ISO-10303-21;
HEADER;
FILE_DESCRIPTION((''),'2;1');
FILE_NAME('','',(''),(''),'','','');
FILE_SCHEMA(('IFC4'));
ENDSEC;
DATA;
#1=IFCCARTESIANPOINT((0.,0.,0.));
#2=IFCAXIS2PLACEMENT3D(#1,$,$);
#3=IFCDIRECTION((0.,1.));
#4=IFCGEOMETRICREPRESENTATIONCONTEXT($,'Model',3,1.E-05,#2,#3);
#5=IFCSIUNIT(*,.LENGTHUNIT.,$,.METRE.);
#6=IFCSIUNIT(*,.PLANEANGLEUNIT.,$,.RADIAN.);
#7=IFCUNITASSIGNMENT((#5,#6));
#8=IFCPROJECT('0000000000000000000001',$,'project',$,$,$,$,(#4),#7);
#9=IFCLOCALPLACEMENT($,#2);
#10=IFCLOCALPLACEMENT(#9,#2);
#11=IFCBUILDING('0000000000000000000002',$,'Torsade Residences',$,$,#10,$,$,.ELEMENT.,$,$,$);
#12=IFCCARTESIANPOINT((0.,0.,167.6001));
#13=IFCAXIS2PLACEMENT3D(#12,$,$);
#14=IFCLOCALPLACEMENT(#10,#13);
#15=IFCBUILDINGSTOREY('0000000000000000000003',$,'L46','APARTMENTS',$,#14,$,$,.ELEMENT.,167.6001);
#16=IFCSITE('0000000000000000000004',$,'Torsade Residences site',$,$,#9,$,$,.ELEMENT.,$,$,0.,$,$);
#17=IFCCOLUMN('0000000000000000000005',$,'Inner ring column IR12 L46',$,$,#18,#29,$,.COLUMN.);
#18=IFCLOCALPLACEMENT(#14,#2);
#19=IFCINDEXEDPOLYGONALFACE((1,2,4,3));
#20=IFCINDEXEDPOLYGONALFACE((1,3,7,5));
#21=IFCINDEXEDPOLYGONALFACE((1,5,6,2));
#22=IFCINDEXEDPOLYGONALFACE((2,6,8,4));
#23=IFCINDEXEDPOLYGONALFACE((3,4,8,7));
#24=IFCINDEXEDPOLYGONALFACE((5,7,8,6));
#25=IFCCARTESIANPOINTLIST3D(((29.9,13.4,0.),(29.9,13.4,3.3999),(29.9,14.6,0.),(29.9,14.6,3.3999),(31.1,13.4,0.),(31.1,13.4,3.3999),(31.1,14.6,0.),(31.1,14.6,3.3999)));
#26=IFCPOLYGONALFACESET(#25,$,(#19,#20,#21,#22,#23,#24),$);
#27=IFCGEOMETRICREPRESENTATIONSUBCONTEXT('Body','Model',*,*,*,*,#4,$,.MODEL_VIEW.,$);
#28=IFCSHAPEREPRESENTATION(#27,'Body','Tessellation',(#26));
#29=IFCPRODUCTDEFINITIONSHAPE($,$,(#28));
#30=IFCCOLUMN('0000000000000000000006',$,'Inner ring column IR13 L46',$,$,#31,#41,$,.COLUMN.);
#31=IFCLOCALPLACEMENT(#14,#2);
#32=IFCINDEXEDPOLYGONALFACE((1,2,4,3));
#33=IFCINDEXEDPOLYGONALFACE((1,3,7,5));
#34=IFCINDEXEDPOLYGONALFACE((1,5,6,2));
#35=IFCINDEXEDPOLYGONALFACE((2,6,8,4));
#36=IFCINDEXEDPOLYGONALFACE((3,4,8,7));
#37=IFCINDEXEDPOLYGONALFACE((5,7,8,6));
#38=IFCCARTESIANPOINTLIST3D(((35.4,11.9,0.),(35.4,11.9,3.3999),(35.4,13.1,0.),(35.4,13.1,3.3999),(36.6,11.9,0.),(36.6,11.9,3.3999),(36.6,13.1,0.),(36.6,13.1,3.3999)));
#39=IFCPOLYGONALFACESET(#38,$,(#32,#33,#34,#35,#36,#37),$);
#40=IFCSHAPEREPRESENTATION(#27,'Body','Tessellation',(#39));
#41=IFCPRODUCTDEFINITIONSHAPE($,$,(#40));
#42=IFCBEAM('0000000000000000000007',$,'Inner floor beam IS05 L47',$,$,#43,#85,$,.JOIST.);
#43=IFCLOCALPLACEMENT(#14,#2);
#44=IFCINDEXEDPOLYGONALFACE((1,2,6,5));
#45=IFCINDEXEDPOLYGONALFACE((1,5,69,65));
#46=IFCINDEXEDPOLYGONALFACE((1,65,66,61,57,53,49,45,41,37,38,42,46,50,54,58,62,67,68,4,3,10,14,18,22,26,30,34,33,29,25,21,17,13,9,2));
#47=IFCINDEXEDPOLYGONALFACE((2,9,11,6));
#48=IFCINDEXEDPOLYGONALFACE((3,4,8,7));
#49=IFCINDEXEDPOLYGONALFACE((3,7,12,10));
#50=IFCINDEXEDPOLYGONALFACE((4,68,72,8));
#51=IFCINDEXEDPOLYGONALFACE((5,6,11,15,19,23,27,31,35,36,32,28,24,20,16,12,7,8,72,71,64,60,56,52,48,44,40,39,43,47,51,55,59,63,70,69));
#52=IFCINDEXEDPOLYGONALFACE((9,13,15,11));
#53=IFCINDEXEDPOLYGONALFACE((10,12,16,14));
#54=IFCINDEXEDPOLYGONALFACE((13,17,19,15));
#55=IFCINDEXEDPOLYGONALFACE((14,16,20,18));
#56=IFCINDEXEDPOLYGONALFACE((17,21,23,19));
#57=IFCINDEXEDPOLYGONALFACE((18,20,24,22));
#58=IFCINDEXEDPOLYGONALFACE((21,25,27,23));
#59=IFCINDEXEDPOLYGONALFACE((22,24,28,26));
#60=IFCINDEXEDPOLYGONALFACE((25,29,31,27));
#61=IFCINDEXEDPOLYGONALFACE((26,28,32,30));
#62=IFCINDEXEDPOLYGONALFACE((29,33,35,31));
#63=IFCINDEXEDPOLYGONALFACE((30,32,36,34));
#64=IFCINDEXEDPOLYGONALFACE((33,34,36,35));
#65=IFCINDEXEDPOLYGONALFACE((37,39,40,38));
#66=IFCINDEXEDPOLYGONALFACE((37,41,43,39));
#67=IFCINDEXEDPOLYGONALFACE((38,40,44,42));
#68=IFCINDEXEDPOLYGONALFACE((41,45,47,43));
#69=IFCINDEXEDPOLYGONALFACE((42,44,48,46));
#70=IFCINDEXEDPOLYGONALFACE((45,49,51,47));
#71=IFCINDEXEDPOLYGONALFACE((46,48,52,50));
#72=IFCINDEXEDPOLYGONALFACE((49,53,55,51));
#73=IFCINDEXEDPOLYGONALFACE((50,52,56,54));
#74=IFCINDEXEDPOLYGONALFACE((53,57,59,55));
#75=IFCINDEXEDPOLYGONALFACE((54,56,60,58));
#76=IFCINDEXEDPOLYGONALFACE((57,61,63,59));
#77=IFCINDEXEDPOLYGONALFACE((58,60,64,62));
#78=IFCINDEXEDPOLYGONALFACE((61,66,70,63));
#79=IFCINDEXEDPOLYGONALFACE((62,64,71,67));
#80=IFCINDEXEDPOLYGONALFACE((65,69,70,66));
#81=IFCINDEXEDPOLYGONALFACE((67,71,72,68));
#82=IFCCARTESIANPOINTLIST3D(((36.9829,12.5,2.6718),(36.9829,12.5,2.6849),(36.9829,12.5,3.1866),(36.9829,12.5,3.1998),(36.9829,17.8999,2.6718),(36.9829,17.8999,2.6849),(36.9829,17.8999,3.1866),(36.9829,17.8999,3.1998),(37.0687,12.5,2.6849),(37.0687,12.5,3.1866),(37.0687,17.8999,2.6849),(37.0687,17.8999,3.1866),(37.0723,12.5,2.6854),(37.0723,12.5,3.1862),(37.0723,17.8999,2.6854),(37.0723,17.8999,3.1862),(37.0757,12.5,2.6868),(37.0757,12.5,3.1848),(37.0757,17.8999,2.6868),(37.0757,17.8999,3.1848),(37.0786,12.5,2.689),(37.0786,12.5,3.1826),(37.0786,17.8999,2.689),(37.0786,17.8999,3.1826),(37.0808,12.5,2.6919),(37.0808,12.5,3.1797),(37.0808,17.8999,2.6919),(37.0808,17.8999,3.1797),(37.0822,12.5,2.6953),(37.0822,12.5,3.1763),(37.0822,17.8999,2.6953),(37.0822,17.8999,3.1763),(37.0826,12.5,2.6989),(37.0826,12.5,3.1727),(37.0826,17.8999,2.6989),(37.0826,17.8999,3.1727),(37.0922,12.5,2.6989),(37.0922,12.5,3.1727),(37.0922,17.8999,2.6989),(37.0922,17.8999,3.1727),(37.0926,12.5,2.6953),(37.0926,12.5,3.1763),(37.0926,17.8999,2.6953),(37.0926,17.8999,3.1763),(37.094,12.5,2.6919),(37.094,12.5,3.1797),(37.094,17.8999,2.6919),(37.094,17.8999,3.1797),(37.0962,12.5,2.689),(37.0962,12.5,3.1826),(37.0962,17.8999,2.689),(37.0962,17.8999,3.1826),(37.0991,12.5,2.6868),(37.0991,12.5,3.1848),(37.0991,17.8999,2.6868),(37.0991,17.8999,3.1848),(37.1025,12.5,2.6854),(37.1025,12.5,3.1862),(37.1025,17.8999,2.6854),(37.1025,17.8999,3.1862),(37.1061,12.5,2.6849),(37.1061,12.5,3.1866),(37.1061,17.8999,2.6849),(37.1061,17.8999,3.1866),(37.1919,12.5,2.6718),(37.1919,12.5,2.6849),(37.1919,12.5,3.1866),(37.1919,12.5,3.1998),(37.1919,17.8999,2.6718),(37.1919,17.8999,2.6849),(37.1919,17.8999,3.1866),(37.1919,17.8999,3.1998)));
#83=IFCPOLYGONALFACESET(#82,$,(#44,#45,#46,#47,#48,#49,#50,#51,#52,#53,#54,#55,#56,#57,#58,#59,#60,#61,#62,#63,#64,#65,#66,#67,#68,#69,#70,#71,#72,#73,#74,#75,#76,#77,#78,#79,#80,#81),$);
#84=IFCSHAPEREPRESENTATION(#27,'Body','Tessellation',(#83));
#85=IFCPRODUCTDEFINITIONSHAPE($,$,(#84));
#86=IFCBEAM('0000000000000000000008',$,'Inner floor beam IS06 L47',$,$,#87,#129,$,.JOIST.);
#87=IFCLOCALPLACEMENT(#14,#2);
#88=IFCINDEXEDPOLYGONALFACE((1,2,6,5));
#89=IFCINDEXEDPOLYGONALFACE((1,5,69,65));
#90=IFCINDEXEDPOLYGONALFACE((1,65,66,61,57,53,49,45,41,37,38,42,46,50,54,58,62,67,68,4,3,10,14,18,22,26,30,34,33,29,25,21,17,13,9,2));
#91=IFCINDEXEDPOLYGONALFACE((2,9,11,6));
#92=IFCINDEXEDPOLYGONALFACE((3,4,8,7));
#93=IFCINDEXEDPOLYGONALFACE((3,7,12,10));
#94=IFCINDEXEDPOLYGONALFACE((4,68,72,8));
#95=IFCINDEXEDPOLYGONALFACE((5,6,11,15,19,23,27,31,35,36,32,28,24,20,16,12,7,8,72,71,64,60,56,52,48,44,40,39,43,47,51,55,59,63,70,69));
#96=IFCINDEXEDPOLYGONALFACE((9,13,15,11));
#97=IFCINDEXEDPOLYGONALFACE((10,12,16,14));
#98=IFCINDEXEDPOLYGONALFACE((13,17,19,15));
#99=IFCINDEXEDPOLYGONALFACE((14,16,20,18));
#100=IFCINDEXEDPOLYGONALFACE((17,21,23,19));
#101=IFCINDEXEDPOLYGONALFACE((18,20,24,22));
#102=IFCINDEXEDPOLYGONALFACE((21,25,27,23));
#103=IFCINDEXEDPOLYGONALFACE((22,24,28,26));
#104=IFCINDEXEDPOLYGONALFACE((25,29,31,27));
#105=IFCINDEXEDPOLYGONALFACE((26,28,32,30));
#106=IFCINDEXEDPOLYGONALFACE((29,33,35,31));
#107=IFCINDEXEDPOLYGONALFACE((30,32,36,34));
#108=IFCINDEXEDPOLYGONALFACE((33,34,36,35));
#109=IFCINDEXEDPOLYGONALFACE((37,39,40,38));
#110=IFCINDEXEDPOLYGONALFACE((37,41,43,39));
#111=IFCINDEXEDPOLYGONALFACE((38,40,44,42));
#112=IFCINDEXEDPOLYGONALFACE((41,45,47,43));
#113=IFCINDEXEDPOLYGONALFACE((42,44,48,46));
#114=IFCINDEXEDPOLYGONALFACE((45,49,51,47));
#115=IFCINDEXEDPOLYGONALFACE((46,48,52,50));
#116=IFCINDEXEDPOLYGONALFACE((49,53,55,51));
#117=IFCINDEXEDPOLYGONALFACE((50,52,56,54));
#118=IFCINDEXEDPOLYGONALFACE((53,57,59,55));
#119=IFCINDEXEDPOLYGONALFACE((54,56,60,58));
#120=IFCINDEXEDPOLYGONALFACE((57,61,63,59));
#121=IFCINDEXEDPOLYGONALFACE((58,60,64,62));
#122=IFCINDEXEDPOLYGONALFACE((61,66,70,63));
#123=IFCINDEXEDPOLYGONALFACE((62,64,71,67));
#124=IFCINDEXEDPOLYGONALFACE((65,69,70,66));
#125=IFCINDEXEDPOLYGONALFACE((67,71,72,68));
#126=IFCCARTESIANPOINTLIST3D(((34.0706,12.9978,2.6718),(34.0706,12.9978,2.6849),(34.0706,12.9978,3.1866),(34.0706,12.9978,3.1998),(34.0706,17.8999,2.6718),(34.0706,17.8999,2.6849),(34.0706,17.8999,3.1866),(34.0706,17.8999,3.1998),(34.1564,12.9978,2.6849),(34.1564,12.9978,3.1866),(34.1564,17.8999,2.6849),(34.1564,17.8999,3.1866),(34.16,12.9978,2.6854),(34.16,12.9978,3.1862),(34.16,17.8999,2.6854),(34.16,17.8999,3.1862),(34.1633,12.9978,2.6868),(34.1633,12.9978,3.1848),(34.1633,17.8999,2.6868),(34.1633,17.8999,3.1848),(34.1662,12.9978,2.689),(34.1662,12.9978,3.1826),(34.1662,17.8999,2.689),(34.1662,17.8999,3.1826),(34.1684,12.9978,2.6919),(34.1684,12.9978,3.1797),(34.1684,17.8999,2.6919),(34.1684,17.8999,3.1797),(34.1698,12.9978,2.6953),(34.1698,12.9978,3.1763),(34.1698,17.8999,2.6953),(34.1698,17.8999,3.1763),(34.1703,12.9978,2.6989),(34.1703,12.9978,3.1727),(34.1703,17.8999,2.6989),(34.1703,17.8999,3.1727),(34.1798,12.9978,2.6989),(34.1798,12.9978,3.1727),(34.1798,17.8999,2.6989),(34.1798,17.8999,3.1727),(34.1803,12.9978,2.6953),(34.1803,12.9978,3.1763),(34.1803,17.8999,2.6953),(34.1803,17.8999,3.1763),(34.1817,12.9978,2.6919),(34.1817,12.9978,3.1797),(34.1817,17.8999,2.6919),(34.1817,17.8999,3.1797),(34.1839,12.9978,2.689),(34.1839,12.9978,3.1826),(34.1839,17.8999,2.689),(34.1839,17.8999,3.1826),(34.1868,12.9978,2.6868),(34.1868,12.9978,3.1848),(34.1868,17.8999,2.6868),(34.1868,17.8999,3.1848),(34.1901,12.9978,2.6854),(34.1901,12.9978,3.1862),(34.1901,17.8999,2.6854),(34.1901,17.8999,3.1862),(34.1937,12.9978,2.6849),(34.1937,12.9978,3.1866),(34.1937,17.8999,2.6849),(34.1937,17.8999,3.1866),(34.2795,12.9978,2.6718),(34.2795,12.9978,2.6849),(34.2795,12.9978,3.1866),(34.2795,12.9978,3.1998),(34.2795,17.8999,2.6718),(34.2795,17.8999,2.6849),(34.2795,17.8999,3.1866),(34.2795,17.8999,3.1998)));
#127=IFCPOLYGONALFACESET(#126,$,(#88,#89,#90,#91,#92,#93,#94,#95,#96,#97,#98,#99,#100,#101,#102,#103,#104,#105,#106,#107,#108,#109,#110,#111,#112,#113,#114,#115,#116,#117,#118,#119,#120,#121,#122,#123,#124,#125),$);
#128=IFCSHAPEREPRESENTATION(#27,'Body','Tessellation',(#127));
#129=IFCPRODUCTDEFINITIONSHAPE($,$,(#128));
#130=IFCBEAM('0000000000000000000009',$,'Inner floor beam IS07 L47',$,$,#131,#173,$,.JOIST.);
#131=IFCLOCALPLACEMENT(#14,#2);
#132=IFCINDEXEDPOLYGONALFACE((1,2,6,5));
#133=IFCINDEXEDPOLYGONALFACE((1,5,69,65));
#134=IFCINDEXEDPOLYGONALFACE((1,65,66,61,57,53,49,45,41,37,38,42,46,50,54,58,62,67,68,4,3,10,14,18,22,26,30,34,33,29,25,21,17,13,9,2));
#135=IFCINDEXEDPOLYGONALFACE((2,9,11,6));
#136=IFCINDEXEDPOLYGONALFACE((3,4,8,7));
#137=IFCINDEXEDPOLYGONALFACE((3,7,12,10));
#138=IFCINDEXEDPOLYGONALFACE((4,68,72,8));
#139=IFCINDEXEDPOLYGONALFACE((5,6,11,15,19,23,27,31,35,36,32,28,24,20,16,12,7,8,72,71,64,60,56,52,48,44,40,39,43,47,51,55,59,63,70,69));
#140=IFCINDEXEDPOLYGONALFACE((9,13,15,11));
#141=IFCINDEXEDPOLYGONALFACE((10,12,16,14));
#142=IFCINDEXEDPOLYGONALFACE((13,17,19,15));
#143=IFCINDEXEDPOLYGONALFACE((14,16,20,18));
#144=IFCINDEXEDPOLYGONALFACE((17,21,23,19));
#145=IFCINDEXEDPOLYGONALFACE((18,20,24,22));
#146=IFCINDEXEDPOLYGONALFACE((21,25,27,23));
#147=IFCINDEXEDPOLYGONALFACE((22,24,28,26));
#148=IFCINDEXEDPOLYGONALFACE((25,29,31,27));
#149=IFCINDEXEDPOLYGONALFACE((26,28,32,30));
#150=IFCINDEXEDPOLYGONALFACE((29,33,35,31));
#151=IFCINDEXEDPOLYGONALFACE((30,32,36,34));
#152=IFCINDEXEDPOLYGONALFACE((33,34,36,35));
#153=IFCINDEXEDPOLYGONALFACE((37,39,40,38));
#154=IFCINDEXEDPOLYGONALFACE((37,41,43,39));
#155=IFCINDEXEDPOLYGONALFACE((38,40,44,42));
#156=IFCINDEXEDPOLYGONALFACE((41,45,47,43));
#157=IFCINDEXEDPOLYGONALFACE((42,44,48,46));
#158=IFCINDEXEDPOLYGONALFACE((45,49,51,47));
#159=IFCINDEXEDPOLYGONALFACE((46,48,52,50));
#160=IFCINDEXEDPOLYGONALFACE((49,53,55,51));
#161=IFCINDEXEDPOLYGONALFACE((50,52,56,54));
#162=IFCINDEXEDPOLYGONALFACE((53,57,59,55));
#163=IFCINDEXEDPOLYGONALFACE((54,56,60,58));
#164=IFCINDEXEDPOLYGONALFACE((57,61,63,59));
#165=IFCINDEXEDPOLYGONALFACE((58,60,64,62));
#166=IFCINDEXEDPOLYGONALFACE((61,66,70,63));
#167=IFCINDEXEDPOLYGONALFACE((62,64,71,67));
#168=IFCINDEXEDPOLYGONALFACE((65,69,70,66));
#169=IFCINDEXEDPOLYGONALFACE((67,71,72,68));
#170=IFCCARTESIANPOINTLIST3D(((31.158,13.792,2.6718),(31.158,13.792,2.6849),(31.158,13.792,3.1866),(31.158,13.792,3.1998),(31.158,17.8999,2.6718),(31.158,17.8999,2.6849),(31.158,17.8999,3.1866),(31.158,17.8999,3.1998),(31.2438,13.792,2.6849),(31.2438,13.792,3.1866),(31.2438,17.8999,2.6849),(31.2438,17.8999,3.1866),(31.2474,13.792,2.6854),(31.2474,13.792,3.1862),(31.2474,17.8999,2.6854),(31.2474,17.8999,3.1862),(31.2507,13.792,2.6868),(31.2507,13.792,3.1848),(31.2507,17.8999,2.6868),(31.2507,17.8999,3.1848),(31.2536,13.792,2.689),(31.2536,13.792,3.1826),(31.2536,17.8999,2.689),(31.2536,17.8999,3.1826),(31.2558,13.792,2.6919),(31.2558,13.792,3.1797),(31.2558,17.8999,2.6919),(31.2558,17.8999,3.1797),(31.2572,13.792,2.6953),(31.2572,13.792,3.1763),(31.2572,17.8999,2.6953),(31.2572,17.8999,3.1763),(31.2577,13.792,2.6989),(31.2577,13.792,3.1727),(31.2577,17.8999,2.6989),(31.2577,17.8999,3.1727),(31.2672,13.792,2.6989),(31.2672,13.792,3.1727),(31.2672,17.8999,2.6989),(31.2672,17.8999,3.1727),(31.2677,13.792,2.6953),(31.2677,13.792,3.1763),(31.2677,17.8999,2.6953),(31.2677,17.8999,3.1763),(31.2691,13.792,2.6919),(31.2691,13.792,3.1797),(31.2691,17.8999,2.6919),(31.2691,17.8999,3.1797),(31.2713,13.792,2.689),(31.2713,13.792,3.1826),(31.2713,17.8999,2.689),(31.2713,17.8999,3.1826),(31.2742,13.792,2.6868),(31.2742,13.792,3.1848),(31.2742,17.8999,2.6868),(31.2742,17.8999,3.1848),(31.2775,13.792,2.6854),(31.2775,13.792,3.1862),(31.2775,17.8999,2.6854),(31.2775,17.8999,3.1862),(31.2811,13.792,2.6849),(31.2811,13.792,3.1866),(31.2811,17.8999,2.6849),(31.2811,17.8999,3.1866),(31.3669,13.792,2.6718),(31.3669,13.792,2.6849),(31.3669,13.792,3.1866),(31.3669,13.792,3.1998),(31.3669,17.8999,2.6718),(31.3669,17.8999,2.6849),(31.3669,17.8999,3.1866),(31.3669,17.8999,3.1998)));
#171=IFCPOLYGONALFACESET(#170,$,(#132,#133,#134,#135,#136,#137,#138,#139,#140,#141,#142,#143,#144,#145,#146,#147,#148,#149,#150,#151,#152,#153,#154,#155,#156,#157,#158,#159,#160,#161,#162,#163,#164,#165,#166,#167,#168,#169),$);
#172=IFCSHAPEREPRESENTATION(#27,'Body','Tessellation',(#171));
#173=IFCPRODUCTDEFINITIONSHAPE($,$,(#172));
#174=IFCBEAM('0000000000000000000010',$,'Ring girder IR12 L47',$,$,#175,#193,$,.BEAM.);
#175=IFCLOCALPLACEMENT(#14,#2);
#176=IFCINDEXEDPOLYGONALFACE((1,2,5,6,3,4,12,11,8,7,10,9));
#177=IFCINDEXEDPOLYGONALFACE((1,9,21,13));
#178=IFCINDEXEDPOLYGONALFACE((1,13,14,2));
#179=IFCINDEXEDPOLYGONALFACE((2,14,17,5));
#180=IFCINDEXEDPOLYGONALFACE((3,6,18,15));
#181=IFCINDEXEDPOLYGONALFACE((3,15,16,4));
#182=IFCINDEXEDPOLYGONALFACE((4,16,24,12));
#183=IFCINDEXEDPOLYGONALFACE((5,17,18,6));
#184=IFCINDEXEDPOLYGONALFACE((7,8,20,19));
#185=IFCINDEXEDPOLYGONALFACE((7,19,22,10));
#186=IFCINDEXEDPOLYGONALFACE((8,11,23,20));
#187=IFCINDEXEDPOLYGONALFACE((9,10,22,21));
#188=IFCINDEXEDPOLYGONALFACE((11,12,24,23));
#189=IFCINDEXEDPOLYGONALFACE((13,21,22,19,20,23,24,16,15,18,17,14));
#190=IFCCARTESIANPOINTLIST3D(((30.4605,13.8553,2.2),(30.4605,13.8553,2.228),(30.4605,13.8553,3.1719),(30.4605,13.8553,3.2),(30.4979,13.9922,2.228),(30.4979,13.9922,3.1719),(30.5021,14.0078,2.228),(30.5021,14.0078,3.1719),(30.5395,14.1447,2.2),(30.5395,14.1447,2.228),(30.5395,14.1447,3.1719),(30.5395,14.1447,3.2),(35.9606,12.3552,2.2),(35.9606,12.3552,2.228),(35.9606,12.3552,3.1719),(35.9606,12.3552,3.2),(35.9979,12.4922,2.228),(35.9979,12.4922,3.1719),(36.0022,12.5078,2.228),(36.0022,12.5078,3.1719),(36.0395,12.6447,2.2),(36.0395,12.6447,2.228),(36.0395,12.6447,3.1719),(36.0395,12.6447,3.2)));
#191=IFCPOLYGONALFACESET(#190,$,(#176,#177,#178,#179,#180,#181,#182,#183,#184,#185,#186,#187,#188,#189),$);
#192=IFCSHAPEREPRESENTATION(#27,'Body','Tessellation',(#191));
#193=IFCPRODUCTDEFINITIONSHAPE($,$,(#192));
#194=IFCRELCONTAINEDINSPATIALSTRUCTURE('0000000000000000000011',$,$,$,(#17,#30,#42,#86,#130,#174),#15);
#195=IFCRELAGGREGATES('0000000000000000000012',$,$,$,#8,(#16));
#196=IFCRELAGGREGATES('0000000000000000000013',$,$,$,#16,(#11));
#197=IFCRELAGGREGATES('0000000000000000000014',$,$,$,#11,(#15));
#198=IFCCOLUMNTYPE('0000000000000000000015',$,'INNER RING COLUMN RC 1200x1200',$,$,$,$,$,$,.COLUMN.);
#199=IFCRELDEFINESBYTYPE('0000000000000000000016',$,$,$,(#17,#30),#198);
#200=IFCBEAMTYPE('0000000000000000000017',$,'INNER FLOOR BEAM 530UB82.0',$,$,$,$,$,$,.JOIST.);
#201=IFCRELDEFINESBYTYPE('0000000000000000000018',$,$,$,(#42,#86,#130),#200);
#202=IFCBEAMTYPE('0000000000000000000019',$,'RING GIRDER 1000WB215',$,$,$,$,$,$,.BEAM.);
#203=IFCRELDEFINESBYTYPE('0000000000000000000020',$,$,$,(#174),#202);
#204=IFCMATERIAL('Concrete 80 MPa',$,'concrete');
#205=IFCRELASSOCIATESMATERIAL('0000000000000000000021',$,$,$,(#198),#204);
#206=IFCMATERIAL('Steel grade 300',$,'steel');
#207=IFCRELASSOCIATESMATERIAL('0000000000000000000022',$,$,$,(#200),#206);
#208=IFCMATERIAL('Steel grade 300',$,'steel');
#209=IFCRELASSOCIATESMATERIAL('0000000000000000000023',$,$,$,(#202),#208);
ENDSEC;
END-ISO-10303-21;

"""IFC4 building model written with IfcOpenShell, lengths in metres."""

from ifc_helpers import new_model, si_unit, direction, frame, origin, origin_2d, place, context, subcontext, project, spatial, rectangle, i_section, extrude, material, material_profile, profile_set, type_object, element, save


model = new_model("IFC4")

# Units and contexts
model_context = context("Model", 3, precision=1e-05, world=origin(), true_north=direction((0.0, 1.0)))
body_context = subcontext(model_context, "Body", "Model", "MODEL_VIEW")
ifc_project = project(units=[si_unit("LENGTHUNIT", "METRE"), si_unit("PLANEANGLEUNIT", "RADIAN")], contexts=[model_context])

# Site, building, storey
site_placement = place(None, origin())
site = spatial("IfcSite", under=ifc_project, at=site_placement, Name="Torsade Residences site", CompositionType="ELEMENT", RefElevation=0.0)
building_placement = place(site_placement, origin())
building = spatial("IfcBuilding", under=site, at=building_placement, Name="Torsade Residences", CompositionType="ELEMENT")
storey_placement = place(building_placement, frame((0.0, 0.0, 167.6001)))
storey = spatial("IfcBuildingStorey", under=building, at=storey_placement, Name="L46", Description="APARTMENTS", CompositionType="ELEMENT", Elevation=167.6001)

# Columns
ifc_material_1 = material(Name="Concrete 80 MPa", Category="concrete")
ifc_material_profile_1 = material_profile(ifc_material_1, rectangle(XDim=1.2, YDim=1.2, at=origin_2d()), Name="RC 1200x1200")
ifc_profile_set_1 = profile_set([ifc_material_profile_1], Name="Concrete 80 MPa")
column_type = type_object("IfcColumnType", Name="INNER RING COLUMN RC 1200x1200", PredefinedType="COLUMN", material=ifc_profile_set_1)
for number, where, z_axis, x_axis, name in (
    (1, (30.5, 14.0, 0.0), (0.0, 0.0, 1.0), (1.0, 0.0, 0.0), "Inner ring column IR12 L46"),
    (2, (36.0, 12.5, 0.0), (0.0, 0.0, 1.0), (1.0, 0.0, 0.0), "Inner ring column IR13 L46"),
):
    element("IfcColumn", number, at=place(storey_placement, frame(where, z_axis=z_axis, x_axis=x_axis)), inside=storey, type_object=column_type, Name=name, PredefinedType="COLUMN", context=body_context, shape_type="SweptSolid", body=[
        extrude(rectangle(XDim=1.2, YDim=1.2, at=origin_2d()), origin(), (0.0, 0.0, 1.0), 3.3999),
    ])

# Beams
ifc_material_2 = material(Name="Steel grade 300", Category="steel")
ifc_material_profile_2 = material_profile(ifc_material_2, i_section(OverallWidth=0.209, OverallDepth=0.5281, WebThickness=0.0095, FlangeThickness=0.0132, FilletRadius=0.0139, at=origin_2d()), Name="530UB82.0")
ifc_profile_set_2 = profile_set([ifc_material_profile_2], Name="Steel grade 300")
beam_type_1 = type_object("IfcBeamType", Name="INNER FLOOR BEAM 530UB82.0", PredefinedType="JOIST", material=ifc_profile_set_2)
beam_1_placement = place(storey_placement, frame((37.0874, 17.8999, 2.9358), z_axis=(0.0, -1.0, 0.0), x_axis=(1.0, 0.0, 0.0)))
element("IfcBeam", 3, at=beam_1_placement, inside=storey, type_object=beam_type_1, Name="Inner floor beam IS05 L47", PredefinedType="JOIST", context=body_context, shape_type="SweptSolid", body=[
    extrude(i_section(OverallWidth=0.209, OverallDepth=0.5281, WebThickness=0.0095, FlangeThickness=0.0132, FilletRadius=0.0139, at=origin_2d()), origin(), (0.0, 0.0, 1.0), 5.3999),
])
beam_2_placement = place(storey_placement, frame((34.175, 17.8999, 2.9358), z_axis=(0.0, -1.0, 0.0), x_axis=(1.0, 0.0, 0.0)))
element("IfcBeam", 4, at=beam_2_placement, inside=storey, type_object=beam_type_1, Name="Inner floor beam IS06 L47", PredefinedType="JOIST", context=body_context, shape_type="SweptSolid", body=[
    extrude(i_section(OverallWidth=0.209, OverallDepth=0.5281, WebThickness=0.0095, FlangeThickness=0.0132, FilletRadius=0.0139, at=origin_2d()), origin(), (0.0, 0.0, 1.0), 4.9021),
])
beam_3_placement = place(storey_placement, frame((31.2625, 17.8999, 2.9358), z_axis=(0.0, -1.0, 0.0), x_axis=(1.0, 0.0, 0.0)))
element("IfcBeam", 5, at=beam_3_placement, inside=storey, type_object=beam_type_1, Name="Inner floor beam IS07 L47", PredefinedType="JOIST", context=body_context, shape_type="SweptSolid", body=[
    extrude(i_section(OverallWidth=0.209, OverallDepth=0.5281, WebThickness=0.0095, FlangeThickness=0.0132, FilletRadius=0.0139, at=origin_2d()), origin(), (0.0, 0.0, 1.0), 4.1079),
])
ifc_material_3 = material(Name="Steel grade 300", Category="steel")
ifc_material_profile_3 = material_profile(ifc_material_3, i_section(OverallWidth=0.3, OverallDepth=1.0, WebThickness=0.0161, FlangeThickness=0.0281, at=origin_2d()), Name="1000WB215")
ifc_profile_set_3 = profile_set([ifc_material_profile_3], Name="Steel grade 300")
beam_type_2 = type_object("IfcBeamType", Name="RING GIRDER 1000WB215", PredefinedType="BEAM", material=ifc_profile_set_3)
beam_4_placement = place(storey_placement, frame((30.5, 14.0, 2.7), z_axis=(0.964764, -0.263117, 0.0), x_axis=(0.263117, 0.964764, 0.0)))
element("IfcBeam", 6, at=beam_4_placement, inside=storey, type_object=beam_type_2, Name="Ring girder IR12 L47", PredefinedType="BEAM", context=body_context, shape_type="SweptSolid", body=[
    extrude(i_section(OverallWidth=0.3, OverallDepth=1.0, WebThickness=0.0161, FlangeThickness=0.0281, at=origin_2d()), origin(), (0.0, 0.0, 1.0), 5.7009),
])

save(model, "model.ifc")
